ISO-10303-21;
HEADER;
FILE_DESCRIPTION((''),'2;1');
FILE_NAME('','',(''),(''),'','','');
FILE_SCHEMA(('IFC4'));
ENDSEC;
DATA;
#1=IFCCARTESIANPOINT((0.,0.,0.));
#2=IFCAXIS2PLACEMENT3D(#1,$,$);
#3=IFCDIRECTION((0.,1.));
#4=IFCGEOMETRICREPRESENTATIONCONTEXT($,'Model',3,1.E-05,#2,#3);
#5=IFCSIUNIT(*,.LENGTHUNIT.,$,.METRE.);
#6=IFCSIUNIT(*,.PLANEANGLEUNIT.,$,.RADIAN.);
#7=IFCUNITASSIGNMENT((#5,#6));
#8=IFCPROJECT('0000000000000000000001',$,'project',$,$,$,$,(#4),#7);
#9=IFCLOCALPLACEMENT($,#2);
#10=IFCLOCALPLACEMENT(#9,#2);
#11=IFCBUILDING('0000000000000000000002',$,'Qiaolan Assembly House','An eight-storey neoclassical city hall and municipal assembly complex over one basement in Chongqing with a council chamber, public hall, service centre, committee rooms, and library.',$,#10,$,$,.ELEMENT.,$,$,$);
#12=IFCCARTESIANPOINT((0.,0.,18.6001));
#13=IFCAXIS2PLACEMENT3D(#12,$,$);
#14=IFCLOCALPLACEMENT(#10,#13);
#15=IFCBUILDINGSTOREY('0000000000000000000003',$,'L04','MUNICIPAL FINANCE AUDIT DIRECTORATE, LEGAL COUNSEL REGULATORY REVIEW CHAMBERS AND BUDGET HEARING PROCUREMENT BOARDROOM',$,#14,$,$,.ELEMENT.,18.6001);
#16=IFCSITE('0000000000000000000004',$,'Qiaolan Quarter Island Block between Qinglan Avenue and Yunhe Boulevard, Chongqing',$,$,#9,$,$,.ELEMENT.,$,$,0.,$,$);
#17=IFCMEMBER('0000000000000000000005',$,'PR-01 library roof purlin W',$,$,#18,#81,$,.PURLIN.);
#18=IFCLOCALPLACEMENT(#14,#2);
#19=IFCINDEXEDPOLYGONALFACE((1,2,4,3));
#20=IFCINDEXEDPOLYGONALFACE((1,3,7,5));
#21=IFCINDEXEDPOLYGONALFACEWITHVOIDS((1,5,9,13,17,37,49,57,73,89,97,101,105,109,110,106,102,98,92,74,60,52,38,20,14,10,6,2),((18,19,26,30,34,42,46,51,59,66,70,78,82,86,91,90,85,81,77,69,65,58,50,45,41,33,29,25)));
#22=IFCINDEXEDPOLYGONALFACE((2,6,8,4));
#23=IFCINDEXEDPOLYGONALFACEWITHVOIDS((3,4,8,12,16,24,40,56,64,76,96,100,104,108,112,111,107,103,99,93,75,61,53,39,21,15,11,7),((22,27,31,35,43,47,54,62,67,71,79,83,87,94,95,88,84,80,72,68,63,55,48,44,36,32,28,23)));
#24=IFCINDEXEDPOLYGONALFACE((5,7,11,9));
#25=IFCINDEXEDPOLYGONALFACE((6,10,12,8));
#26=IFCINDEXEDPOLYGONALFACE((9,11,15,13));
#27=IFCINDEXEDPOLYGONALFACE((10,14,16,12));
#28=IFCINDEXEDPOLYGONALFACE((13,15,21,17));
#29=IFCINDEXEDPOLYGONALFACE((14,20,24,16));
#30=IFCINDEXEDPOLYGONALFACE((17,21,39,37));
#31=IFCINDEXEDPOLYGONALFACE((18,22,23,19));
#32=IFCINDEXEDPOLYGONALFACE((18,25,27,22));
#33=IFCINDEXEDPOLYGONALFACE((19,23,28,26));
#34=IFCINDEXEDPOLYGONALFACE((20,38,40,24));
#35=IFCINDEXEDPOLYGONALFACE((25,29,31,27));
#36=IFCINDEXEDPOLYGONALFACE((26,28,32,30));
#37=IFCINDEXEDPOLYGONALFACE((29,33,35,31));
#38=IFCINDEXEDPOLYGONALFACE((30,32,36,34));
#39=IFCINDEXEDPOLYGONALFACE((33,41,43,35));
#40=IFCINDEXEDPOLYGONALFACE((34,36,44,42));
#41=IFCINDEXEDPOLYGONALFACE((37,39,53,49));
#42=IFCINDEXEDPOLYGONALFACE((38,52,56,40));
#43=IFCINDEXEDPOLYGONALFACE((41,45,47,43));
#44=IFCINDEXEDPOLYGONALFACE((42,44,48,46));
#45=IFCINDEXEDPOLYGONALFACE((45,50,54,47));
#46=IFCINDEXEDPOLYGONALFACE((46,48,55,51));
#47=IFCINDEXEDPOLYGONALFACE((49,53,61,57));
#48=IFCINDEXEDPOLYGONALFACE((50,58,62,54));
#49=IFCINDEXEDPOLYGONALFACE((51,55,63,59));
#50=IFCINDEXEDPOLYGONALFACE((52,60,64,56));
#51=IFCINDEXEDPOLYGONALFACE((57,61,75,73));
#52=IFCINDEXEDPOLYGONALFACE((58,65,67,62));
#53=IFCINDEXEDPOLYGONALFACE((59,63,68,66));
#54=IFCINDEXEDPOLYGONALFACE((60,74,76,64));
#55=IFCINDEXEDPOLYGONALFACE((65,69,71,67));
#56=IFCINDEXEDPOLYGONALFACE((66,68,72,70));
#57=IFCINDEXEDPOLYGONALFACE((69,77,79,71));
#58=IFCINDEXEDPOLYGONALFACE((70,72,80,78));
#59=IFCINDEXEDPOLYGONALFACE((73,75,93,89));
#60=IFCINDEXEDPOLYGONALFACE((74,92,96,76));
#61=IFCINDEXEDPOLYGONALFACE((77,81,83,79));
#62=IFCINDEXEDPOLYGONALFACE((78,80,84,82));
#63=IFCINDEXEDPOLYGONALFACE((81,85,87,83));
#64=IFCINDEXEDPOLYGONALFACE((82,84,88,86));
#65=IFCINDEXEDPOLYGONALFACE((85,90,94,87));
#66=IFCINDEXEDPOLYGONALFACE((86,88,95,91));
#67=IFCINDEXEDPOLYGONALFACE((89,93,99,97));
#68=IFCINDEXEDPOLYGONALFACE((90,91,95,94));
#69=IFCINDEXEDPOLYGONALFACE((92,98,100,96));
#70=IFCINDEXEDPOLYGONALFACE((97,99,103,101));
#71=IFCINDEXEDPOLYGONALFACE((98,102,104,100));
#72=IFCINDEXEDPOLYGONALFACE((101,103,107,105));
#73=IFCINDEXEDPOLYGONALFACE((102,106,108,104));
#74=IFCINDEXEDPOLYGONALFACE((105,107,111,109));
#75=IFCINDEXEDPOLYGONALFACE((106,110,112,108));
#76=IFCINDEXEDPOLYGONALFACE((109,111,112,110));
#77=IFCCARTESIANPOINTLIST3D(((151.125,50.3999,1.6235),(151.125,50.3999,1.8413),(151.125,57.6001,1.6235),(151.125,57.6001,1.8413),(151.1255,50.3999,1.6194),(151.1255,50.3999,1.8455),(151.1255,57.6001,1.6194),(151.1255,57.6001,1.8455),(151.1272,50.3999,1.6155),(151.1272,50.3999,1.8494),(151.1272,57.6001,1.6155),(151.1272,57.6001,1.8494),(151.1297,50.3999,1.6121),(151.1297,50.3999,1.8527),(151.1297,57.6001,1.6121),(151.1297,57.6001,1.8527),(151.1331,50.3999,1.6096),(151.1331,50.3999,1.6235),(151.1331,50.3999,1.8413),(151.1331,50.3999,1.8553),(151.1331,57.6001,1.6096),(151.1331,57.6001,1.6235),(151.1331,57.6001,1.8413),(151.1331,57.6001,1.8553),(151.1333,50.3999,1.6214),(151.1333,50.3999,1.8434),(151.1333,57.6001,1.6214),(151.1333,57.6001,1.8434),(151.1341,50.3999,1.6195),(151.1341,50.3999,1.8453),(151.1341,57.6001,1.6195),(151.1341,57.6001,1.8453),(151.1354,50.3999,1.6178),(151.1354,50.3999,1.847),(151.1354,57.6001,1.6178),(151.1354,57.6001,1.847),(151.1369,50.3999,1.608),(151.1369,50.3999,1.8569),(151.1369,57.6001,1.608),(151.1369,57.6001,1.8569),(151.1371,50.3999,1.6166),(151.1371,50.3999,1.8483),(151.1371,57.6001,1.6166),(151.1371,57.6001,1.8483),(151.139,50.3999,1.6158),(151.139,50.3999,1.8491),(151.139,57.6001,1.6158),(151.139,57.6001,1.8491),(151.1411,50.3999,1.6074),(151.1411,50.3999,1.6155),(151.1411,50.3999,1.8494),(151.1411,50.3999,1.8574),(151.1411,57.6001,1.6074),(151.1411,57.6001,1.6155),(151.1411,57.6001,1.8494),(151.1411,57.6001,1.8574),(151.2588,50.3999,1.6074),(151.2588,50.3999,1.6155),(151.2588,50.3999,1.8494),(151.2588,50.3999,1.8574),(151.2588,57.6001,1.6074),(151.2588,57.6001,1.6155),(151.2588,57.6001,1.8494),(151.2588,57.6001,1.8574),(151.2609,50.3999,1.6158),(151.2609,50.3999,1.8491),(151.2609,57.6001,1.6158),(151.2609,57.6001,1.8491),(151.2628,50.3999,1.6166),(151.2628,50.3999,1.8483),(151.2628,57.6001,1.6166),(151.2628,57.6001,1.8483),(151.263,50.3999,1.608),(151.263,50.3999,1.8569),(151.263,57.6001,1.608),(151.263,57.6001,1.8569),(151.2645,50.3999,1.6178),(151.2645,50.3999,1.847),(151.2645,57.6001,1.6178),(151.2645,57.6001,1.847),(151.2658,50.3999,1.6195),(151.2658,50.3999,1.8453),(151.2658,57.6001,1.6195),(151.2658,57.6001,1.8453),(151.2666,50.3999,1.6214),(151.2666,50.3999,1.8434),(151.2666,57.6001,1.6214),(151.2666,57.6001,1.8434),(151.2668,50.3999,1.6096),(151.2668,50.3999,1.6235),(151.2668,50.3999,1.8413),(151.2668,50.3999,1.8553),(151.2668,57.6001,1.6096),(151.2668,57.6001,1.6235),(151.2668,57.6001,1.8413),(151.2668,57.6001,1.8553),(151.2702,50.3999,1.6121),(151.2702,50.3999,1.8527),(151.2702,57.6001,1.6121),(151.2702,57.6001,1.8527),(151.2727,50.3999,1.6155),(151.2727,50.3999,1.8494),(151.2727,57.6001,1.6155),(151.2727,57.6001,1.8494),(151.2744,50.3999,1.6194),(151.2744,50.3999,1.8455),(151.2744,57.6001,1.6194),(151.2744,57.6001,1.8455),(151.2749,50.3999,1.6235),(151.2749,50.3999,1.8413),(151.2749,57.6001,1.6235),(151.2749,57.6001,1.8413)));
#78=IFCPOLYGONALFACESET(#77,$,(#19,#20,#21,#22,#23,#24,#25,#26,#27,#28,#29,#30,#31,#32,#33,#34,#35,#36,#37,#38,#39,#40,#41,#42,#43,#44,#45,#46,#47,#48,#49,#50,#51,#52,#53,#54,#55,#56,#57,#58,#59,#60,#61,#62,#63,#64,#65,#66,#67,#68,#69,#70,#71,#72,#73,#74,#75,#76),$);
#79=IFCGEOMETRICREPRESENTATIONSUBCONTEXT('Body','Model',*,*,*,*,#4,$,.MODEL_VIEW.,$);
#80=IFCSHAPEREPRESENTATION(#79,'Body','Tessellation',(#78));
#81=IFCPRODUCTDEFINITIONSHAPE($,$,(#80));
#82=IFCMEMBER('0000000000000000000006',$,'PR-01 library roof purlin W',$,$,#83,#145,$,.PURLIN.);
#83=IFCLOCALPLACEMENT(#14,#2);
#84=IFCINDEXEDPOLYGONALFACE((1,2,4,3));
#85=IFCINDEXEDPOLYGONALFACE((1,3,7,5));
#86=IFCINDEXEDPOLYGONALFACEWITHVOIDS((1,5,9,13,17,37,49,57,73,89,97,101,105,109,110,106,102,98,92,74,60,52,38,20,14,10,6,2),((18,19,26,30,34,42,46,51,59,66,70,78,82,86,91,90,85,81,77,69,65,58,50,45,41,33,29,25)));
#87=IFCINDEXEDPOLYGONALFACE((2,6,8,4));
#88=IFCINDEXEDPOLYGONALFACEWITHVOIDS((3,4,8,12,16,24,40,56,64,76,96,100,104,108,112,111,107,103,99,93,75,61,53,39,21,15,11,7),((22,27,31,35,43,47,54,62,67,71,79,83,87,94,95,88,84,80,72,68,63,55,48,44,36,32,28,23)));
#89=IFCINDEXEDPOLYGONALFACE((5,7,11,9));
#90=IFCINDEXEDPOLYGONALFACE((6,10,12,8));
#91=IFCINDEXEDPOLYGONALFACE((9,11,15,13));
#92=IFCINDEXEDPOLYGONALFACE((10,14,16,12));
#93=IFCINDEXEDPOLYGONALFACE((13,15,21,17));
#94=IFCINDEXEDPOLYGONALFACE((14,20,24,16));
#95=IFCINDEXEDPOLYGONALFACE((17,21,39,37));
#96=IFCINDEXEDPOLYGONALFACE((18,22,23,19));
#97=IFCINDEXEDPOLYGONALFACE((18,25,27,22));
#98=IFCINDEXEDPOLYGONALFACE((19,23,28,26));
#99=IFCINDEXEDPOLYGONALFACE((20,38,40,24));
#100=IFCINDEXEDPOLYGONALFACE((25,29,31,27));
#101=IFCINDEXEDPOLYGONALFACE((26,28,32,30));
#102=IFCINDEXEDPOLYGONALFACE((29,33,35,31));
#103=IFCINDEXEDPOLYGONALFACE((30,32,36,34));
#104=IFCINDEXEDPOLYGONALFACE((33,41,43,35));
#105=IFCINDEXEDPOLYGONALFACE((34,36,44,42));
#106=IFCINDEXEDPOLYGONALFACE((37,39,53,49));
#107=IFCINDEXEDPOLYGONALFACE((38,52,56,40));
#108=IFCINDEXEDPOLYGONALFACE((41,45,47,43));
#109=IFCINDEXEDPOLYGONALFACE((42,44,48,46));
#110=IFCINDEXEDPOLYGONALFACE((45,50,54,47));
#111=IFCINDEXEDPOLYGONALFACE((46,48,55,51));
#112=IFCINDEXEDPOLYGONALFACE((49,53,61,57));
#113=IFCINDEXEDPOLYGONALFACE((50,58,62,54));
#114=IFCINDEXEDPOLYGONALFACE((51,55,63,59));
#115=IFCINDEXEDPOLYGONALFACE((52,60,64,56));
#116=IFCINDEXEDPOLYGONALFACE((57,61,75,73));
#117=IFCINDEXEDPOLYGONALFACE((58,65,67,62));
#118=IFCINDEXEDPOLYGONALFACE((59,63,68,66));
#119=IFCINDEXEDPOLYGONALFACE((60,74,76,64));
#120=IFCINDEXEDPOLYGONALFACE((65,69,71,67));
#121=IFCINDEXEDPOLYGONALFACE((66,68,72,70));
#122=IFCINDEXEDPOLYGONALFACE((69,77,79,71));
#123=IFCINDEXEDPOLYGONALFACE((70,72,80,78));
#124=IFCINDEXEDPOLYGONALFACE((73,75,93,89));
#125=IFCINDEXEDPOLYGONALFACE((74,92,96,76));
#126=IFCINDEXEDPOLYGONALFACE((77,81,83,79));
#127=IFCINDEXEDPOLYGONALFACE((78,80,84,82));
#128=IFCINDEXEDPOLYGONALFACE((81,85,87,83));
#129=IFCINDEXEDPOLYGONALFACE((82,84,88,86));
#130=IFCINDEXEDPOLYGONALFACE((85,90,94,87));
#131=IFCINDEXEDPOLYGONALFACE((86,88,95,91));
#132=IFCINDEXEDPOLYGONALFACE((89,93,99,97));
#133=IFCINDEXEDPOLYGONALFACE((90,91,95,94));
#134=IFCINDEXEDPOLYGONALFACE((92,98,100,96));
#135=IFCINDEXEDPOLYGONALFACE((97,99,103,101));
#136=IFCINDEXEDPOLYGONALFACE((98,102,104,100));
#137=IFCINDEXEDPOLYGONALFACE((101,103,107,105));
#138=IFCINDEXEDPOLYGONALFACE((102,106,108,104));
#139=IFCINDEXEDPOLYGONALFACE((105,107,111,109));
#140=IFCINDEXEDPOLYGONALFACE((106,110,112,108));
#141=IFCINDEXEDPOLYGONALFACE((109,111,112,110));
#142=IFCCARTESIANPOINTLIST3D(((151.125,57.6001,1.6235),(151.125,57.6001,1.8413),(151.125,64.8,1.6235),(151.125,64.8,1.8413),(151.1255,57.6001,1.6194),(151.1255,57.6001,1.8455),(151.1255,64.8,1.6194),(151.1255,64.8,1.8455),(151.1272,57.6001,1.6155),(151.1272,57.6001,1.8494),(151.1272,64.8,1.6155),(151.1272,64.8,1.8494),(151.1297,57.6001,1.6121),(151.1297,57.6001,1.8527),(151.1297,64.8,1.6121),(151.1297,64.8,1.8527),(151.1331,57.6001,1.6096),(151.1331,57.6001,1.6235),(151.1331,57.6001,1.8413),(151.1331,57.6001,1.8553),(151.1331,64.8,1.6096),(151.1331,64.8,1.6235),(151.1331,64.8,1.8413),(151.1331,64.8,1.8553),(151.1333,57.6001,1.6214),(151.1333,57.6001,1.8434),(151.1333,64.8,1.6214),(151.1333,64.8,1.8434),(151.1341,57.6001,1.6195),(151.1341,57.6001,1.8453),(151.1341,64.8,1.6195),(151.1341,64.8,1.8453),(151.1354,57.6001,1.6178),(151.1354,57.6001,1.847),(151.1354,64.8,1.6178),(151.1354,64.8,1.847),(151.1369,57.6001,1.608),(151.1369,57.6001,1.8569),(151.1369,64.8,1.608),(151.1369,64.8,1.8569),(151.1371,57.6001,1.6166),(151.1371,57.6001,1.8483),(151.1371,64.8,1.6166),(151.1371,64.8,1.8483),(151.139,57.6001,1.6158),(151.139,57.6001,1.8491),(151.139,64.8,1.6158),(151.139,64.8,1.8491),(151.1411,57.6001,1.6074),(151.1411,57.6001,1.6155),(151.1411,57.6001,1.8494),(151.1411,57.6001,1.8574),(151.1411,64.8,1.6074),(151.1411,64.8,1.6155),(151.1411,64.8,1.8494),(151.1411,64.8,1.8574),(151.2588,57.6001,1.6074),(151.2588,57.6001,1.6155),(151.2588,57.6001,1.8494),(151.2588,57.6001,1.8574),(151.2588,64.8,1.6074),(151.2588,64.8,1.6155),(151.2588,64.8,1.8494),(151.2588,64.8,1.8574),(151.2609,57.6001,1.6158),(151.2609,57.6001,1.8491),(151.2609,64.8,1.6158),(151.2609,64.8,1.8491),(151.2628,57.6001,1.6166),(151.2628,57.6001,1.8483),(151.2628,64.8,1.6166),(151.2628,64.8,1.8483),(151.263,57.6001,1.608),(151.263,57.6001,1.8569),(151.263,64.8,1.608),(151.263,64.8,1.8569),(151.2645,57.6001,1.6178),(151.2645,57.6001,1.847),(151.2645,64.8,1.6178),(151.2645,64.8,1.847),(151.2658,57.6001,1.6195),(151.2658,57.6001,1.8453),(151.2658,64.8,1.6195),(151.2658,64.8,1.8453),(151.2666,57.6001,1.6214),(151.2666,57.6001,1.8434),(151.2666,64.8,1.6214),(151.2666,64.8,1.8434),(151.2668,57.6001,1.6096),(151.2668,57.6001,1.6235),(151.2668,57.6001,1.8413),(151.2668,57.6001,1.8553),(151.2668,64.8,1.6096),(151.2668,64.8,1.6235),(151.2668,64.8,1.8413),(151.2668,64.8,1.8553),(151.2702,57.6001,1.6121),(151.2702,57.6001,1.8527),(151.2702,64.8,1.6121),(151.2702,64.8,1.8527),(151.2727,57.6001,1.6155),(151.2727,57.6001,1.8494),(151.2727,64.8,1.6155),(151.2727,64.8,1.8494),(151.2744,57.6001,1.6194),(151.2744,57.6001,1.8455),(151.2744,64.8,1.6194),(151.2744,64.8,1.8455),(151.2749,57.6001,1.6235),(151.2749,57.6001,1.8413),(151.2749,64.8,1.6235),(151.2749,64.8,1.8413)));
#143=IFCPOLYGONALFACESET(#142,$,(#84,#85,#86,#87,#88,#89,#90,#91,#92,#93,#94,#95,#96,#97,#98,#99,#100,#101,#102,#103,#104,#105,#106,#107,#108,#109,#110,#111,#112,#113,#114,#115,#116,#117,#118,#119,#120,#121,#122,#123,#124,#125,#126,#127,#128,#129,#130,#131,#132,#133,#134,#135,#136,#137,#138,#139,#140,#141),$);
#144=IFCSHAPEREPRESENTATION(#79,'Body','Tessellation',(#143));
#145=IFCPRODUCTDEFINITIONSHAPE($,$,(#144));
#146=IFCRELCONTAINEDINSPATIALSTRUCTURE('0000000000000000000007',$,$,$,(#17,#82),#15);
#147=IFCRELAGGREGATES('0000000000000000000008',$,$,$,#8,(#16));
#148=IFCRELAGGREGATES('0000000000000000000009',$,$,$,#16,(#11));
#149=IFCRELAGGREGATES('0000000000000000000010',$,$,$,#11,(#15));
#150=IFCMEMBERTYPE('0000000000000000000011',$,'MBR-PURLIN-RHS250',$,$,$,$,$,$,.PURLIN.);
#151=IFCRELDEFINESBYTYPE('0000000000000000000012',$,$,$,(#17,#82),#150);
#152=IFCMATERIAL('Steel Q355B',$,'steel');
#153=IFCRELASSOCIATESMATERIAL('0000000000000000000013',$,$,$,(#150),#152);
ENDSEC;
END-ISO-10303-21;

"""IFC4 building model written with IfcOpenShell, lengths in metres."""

from ifc_helpers import new_model, si_unit, direction, frame, origin, origin_2d, place, context, subcontext, project, spatial, hollow_rectangle, extrude, material, material_profile, profile_set, type_object, element, save


model = new_model("IFC4")

# Units and contexts
model_context = context("Model", 3, precision=1e-05, world=origin(), true_north=direction((0.0, 1.0)))
body_context = subcontext(model_context, "Body", "Model", "MODEL_VIEW")
ifc_project = project(units=[si_unit("LENGTHUNIT", "METRE"), si_unit("PLANEANGLEUNIT", "RADIAN")], contexts=[model_context])

# Site, building, storey
site_placement = place(None, origin())
site = spatial("IfcSite", under=ifc_project, at=site_placement, Name="Qiaolan Quarter Island Block between Qinglan Avenue and Yunhe Boulevard, Chongqing", CompositionType="ELEMENT", RefElevation=0.0)
building_placement = place(site_placement, origin())
building = spatial("IfcBuilding", under=site, at=building_placement, Name="Qiaolan Assembly House", Description="An eight-storey neoclassical city hall and municipal assembly complex over one basement in Chongqing with a council chamber, public hall, service centre, committee rooms, and library.", CompositionType="ELEMENT")
storey_placement = place(building_placement, frame((0.0, 0.0, 18.6001)))
storey = spatial("IfcBuildingStorey", under=building, at=storey_placement, Name="L04", Description="MUNICIPAL FINANCE AUDIT DIRECTORATE, LEGAL COUNSEL REGULATORY REVIEW CHAMBERS AND BUDGET HEARING PROCUREMENT BOARDROOM", CompositionType="ELEMENT", Elevation=18.6001)

# Shared definitions
ifc_material = material(Name="Steel Q355B", Category="steel")

# Members
ifc_material_profile_1 = material_profile(ifc_material, hollow_rectangle(XDim=0.1499, YDim=0.25, WallThickness=0.0081, InnerFilletRadius=0.0081, OuterFilletRadius=0.0161, at=origin_2d()), Name="RHS 250x150x8")
ifc_profile_set_1 = profile_set([ifc_material_profile_1], Name="Steel Q355B")
member_type = type_object("IfcMemberType", Name="MBR-PURLIN-RHS250", PredefinedType="PURLIN", material=ifc_profile_set_1)
member_1_placement = place(storey_placement, frame((151.2, 50.3999, 1.7324), z_axis=(0.0, 1.0, 0.0), x_axis=(-1.0, 0.0, 0.0)))
element("IfcMember", 1, at=member_1_placement, inside=storey, type_object=member_type, Name="PR-01 library roof purlin W", PredefinedType="PURLIN", context=body_context, shape_type="SweptSolid", body=[
    extrude(hollow_rectangle(XDim=0.1499, YDim=0.25, WallThickness=0.0081, InnerFilletRadius=0.0081, OuterFilletRadius=0.0161, at=origin_2d()), origin(), (0.0, 0.0, 1.0), 7.2002),
])
member_2_placement = place(storey_placement, frame((151.2, 57.6001, 1.7324), z_axis=(0.0, 1.0, 0.0), x_axis=(-1.0, 0.0, 0.0)))
element("IfcMember", 2, at=member_2_placement, inside=storey, type_object=member_type, Name="PR-01 library roof purlin W", PredefinedType="PURLIN", context=body_context, shape_type="SweptSolid", body=[
    extrude(hollow_rectangle(XDim=0.1499, YDim=0.25, WallThickness=0.0081, InnerFilletRadius=0.0081, OuterFilletRadius=0.0161, at=origin_2d()), origin(), (0.0, 0.0, 1.0), 7.2),
])

save(model, "model.ifc")
